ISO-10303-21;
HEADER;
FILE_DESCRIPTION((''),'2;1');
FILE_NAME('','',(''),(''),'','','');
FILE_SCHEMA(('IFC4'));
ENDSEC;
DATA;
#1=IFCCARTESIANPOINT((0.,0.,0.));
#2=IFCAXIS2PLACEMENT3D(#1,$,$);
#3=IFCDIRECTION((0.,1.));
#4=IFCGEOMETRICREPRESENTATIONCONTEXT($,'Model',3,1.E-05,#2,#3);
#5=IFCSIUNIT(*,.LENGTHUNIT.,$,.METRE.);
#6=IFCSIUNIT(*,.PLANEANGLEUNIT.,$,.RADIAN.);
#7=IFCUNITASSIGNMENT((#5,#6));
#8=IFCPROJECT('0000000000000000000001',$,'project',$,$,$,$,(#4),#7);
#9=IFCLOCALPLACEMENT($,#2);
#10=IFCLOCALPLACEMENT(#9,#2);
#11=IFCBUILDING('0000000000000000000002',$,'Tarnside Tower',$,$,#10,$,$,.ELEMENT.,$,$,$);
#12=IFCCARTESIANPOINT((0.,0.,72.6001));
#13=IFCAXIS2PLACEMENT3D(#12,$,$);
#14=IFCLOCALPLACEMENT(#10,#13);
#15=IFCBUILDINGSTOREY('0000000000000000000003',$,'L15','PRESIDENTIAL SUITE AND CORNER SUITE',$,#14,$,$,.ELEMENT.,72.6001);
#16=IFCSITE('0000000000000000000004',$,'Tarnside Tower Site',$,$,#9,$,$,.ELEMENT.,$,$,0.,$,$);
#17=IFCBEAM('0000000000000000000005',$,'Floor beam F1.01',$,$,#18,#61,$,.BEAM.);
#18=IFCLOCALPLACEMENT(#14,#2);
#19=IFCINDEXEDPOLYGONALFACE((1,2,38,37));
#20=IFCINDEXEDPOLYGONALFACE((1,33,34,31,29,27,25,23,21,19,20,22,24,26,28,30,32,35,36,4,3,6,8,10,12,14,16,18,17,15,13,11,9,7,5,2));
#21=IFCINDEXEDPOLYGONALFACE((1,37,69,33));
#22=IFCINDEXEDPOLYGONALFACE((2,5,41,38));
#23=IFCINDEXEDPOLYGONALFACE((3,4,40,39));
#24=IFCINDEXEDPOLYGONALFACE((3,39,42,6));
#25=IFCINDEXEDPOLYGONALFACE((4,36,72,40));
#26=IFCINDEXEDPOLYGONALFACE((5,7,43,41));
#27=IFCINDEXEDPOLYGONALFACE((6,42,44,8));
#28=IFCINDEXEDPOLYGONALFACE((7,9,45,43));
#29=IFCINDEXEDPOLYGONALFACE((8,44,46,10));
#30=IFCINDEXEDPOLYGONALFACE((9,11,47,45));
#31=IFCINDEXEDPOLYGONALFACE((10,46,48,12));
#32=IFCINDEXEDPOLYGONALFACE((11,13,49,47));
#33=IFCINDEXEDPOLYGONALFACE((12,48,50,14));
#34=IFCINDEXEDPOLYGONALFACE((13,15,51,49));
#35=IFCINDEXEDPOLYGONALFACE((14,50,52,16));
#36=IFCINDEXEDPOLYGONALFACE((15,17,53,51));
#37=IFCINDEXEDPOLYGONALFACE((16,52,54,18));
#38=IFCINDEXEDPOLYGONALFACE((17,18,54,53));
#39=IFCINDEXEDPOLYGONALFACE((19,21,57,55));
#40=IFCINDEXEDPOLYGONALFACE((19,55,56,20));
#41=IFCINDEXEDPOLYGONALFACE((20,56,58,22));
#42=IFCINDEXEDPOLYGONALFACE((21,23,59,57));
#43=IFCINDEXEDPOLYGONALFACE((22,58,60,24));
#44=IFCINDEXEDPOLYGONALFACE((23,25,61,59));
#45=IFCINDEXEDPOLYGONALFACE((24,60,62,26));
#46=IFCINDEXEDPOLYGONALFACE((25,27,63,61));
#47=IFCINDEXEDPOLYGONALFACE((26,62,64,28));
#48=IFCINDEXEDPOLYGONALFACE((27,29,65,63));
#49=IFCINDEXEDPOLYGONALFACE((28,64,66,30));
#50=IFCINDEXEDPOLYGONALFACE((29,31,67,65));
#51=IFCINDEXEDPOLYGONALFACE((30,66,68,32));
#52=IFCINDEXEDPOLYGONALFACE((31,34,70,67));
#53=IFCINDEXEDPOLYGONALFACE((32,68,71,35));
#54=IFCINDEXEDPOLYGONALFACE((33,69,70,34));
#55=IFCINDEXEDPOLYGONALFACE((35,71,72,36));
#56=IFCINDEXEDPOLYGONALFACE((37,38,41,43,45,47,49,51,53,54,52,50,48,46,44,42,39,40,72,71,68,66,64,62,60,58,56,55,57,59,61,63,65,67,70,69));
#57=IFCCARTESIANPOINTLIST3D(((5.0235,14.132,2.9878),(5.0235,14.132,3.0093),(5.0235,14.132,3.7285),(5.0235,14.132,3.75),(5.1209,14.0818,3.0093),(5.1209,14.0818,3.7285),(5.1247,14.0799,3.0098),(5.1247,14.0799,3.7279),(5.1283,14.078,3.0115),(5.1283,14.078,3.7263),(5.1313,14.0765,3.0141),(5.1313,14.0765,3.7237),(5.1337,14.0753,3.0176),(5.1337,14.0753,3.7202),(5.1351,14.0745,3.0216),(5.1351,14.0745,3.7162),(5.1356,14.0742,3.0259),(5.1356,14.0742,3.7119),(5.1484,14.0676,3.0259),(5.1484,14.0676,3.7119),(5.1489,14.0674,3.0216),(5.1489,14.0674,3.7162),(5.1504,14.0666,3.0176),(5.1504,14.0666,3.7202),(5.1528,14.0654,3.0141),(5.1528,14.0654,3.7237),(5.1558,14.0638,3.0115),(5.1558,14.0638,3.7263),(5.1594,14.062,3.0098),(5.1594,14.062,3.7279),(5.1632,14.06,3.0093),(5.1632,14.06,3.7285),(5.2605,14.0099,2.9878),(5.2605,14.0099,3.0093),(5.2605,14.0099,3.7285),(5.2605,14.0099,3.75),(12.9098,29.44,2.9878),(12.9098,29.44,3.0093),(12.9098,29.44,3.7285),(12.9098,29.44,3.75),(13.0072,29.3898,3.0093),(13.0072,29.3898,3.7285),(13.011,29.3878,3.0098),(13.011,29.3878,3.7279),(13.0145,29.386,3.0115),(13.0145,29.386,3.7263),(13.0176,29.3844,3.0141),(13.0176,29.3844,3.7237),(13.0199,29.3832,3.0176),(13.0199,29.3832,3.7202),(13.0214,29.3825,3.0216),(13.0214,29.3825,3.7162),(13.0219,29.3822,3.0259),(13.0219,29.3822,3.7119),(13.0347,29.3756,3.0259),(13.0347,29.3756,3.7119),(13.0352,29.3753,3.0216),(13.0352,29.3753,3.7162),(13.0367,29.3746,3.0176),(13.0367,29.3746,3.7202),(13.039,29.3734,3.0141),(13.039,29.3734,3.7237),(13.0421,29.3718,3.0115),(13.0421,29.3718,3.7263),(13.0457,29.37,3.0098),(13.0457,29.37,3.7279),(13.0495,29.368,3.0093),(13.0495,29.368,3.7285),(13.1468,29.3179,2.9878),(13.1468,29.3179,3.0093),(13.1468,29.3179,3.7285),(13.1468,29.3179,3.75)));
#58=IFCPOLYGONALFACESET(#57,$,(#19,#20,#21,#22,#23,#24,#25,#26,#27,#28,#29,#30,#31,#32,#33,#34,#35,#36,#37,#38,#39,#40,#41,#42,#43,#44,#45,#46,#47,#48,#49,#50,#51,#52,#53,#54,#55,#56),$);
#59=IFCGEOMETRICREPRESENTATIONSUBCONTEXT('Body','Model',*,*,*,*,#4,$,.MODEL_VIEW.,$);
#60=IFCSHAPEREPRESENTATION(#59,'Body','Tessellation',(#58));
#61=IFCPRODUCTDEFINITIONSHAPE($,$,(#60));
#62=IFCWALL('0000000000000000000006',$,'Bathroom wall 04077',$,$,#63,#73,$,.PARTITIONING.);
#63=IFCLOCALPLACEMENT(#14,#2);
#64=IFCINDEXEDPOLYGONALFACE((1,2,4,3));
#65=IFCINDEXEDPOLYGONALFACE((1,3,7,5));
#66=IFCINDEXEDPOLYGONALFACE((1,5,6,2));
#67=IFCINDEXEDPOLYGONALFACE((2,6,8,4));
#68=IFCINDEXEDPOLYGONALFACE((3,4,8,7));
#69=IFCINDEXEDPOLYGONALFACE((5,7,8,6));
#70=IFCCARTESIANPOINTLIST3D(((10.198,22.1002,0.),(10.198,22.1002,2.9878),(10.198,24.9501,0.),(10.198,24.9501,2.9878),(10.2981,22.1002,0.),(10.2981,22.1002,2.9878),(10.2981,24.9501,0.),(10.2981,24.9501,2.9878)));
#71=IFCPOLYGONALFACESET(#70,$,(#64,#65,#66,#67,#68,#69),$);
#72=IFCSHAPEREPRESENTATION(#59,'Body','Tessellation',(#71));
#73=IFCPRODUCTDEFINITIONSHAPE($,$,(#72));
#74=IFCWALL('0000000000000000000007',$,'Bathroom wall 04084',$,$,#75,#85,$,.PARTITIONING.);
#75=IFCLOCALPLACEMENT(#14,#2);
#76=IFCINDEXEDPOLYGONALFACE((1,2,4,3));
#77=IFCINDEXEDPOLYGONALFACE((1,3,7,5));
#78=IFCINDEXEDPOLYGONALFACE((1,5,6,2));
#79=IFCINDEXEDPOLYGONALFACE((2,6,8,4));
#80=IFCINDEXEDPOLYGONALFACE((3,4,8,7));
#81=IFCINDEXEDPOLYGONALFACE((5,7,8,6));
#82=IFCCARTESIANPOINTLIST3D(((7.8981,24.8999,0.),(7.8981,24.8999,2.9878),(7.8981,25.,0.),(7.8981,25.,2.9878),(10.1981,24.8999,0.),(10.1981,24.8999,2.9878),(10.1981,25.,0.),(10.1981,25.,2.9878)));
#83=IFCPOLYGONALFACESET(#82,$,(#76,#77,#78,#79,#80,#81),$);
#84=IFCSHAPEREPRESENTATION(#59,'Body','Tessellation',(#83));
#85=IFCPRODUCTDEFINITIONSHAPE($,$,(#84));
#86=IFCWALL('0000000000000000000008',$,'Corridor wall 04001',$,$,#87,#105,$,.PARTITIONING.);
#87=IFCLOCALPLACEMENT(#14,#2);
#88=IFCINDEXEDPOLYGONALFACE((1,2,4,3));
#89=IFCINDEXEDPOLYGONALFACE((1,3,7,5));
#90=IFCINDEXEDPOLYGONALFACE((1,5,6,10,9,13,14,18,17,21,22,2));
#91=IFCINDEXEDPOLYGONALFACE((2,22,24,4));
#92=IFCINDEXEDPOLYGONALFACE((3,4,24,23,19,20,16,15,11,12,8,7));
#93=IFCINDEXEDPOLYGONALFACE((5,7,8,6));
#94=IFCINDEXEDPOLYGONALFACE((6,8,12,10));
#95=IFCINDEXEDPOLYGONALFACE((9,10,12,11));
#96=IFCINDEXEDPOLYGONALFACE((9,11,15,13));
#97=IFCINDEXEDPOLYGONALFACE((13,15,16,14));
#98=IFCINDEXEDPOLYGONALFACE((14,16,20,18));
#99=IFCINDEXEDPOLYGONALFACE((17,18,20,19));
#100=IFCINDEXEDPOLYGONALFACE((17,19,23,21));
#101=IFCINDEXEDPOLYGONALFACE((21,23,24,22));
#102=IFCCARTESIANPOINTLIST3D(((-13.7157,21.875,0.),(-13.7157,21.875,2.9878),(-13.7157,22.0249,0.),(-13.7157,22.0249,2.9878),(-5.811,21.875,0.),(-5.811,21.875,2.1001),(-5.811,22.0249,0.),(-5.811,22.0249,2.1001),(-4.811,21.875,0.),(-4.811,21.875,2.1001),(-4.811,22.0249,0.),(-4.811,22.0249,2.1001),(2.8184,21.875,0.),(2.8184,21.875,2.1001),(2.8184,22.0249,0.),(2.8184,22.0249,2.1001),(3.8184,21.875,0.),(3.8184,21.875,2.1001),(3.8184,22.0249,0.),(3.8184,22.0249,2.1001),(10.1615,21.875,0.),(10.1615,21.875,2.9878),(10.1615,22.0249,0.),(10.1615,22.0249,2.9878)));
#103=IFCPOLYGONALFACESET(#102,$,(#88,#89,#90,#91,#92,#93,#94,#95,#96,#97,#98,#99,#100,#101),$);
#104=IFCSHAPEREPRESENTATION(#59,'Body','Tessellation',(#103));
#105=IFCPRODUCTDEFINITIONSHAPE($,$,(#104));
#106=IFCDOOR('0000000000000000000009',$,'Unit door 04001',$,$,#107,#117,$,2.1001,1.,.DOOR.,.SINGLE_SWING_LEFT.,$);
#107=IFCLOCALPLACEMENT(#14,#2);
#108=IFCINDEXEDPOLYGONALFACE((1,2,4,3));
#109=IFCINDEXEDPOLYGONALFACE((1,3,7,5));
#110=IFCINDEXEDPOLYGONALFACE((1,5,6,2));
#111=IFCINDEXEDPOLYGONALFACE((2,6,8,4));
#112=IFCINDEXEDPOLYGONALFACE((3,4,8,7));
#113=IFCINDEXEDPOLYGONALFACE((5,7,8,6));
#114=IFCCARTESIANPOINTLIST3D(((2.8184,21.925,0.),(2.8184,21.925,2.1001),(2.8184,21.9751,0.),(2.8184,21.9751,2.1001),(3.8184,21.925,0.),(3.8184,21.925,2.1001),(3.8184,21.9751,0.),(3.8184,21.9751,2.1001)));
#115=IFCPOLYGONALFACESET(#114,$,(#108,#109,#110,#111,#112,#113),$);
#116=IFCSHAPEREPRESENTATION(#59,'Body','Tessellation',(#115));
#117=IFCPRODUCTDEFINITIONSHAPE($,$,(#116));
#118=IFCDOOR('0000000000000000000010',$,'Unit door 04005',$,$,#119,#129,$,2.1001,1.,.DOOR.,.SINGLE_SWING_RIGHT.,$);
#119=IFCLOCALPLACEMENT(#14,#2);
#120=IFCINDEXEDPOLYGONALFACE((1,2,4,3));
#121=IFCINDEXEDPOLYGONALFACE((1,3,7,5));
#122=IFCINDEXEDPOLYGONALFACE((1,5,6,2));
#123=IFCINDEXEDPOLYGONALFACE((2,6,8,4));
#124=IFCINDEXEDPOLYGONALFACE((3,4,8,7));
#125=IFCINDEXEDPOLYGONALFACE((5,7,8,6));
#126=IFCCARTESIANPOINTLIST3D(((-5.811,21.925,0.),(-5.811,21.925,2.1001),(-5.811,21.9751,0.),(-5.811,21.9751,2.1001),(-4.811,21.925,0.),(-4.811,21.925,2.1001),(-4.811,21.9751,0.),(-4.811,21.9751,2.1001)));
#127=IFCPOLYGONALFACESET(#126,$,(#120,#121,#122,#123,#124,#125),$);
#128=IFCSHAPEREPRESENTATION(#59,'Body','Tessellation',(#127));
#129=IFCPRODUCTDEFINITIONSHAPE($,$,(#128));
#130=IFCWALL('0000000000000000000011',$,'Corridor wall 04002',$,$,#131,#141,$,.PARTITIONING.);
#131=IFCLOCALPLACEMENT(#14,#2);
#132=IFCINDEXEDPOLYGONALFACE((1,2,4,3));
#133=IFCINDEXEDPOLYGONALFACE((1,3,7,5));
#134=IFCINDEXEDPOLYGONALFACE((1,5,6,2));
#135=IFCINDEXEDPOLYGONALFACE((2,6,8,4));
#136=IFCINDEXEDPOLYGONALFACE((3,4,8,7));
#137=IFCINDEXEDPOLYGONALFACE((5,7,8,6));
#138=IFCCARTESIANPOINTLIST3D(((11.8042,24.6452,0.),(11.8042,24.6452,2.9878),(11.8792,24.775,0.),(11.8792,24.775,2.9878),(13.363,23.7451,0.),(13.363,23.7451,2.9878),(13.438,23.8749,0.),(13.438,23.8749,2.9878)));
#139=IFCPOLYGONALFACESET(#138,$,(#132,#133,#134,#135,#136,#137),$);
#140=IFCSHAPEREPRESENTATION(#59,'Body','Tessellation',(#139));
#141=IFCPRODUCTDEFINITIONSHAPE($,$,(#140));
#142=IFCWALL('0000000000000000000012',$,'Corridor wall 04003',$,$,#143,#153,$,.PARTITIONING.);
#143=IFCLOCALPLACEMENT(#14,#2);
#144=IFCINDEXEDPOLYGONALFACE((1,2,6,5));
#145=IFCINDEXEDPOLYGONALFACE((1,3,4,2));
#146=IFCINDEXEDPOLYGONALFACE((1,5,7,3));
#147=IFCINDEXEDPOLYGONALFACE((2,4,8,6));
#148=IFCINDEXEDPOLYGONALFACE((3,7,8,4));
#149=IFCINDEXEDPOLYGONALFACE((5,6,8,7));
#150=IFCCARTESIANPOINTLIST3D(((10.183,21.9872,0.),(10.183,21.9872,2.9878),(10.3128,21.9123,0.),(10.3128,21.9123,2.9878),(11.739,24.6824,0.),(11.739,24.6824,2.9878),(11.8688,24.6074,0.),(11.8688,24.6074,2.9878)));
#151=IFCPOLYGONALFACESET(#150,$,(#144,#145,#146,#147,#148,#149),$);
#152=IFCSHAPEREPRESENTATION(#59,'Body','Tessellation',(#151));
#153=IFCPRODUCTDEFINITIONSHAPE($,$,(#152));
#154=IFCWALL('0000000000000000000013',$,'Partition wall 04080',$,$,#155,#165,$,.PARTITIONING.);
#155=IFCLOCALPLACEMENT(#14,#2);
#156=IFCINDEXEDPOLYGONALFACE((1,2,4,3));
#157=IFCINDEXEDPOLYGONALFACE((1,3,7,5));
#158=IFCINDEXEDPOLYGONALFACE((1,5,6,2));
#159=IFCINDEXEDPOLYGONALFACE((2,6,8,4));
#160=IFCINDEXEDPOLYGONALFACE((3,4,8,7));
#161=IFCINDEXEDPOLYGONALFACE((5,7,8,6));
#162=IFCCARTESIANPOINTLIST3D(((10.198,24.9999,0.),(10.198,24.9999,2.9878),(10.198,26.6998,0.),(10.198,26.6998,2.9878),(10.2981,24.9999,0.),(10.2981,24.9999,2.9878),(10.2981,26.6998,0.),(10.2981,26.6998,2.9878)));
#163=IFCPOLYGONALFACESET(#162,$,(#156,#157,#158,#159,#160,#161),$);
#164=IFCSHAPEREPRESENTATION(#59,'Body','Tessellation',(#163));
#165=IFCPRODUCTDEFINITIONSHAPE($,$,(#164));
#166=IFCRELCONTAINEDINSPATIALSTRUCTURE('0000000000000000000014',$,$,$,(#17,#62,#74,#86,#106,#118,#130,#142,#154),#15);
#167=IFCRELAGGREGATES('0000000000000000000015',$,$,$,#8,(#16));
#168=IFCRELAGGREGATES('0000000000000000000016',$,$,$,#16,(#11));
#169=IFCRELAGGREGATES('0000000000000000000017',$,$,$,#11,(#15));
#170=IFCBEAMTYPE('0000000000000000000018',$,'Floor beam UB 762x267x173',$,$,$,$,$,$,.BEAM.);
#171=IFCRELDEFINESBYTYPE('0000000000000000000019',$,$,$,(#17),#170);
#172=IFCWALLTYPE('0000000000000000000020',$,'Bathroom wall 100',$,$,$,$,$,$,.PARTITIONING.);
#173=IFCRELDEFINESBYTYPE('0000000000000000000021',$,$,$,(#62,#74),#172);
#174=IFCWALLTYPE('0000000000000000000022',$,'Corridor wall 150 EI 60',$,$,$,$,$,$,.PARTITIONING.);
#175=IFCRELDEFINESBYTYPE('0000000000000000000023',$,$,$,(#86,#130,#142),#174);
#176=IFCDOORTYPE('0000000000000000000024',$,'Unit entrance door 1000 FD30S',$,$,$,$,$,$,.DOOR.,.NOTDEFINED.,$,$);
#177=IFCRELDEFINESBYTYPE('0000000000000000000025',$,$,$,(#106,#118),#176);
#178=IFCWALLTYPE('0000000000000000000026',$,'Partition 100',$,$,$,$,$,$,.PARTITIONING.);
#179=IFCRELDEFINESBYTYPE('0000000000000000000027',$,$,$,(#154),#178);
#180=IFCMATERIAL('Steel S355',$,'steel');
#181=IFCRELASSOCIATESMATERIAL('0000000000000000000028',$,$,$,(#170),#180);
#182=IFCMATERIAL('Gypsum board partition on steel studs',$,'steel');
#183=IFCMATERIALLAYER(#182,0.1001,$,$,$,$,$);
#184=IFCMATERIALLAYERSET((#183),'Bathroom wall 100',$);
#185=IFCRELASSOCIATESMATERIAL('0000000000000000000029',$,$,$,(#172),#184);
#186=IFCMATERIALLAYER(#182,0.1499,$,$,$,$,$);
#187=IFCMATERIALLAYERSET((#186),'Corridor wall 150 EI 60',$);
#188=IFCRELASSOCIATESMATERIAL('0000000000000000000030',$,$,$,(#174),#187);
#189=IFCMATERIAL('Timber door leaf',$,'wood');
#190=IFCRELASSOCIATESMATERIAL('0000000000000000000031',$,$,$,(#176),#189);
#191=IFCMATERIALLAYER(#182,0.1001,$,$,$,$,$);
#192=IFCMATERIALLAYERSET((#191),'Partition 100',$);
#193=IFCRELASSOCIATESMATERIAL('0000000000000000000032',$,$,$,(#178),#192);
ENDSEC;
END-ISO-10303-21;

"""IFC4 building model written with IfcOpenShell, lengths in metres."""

from ifc_helpers import new_model, si_unit, direction, frame, frame_2d, origin, origin_2d, place, context, subcontext, project, spatial, rectangle, i_section, extrude, material, layer, layer_set, material_profile, profile_set, type_object, element, fill, save


model = new_model("IFC4")

# Units and contexts
model_context = context("Model", 3, precision=1e-05, world=origin(), true_north=direction((0.0, 1.0)))
body_context = subcontext(model_context, "Body", "Model", "MODEL_VIEW")
ifc_project = project(units=[si_unit("LENGTHUNIT", "METRE"), si_unit("PLANEANGLEUNIT", "RADIAN")], contexts=[model_context])

# Site, building, storey
site_placement = place(None, origin())
site = spatial("IfcSite", under=ifc_project, at=site_placement, Name="Tarnside Tower Site", CompositionType="ELEMENT", RefElevation=0.0)
building_placement = place(site_placement, origin())
building = spatial("IfcBuilding", under=site, at=building_placement, Name="Tarnside Tower", CompositionType="ELEMENT")
storey_placement = place(building_placement, frame((0.0, 0.0, 72.6001)))
storey = spatial("IfcBuildingStorey", under=building, at=storey_placement, Name="L15", Description="PRESIDENTIAL SUITE AND CORNER SUITE", CompositionType="ELEMENT", Elevation=72.6001)

# Beam
ifc_material_1 = material(Name="Steel S355", Category="steel")
ifc_material_profile = material_profile(ifc_material_1, i_section(OverallWidth=0.2666, OverallDepth=0.7622, WebThickness=0.0144, FlangeThickness=0.0215, FilletRadius=0.0166, at=origin_2d()), Name="UB 762x267x173")
ifc_profile_set = profile_set([ifc_material_profile], Name="Steel S355")
beam_type = type_object("IfcBeamType", Name="Floor beam UB 762x267x173", PredefinedType="BEAM", material=ifc_profile_set)
beam_placement = place(storey_placement, frame((13.0283, 29.3789, 3.3689), z_axis=(-0.457973, -0.888966, 0.0), x_axis=(0.888966, -0.457973, 0.0)))
element("IfcBeam", 1, at=beam_placement, inside=storey, type_object=beam_type, Name="Floor beam F1.01", PredefinedType="BEAM", context=body_context, shape_type="SweptSolid", body=[
    extrude(i_section(OverallWidth=0.2666, OverallDepth=0.7622, WebThickness=0.0144, FlangeThickness=0.0215, FilletRadius=0.0166, at=origin_2d()), origin(), (0.0, 0.0, 1.0), 17.22),
])

# Walls
ifc_material_2 = material(Name="Gypsum board partition on steel studs", Category="steel")
ifc_layer_1 = layer(ifc_material_2, 0.1001)
ifc_layer_set_1 = layer_set([ifc_layer_1], Name="Bathroom wall 100")
wall_type_1 = type_object("IfcWallType", Name="Bathroom wall 100", PredefinedType="PARTITIONING", material=ifc_layer_set_1)
wall_1_placement = place(storey_placement, frame((10.248, 24.95, 0.0), z_axis=(0.0, 0.0, 1.0), x_axis=(0.0, -1.0, 0.0)))
element("IfcWall", 2, at=wall_1_placement, inside=storey, type_object=wall_type_1, Name="Bathroom wall 04077", PredefinedType="PARTITIONING", context=body_context, shape_type="SweptSolid", body=[
    extrude(rectangle(XDim=2.8499, YDim=0.1001, at=frame_2d((1.4248, 0.0))), origin(), (0.0, 0.0, 1.0), 2.9878),
])
wall_2_placement = place(storey_placement, frame((10.198, 24.95, 0.0), z_axis=(0.0, 0.0, 1.0), x_axis=(-1.0, 0.0, 0.0)))
element("IfcWall", 3, at=wall_2_placement, inside=storey, type_object=wall_type_1, Name="Bathroom wall 04084", PredefinedType="PARTITIONING", context=body_context, shape_type="SweptSolid", body=[
    extrude(rectangle(XDim=2.3, YDim=0.1001, at=frame_2d((1.1499, 0.0))), origin(), (0.0, 0.0, 1.0), 2.9878),
])

# Wall, openings, doors
ifc_layer_2 = layer(ifc_material_2, 0.1499)
ifc_layer_set_2 = layer_set([ifc_layer_2], Name="Corridor wall 150 EI 60")
wall_type_2 = type_object("IfcWallType", Name="Corridor wall 150 EI 60", PredefinedType="PARTITIONING", material=ifc_layer_set_2)
wall_3_placement = place(storey_placement, frame((10.1614, 21.95, 0.0), z_axis=(0.0, 0.0, 1.0), x_axis=(-1.0, 0.0, 0.0)))
wall_3 = element("IfcWall", 4, at=wall_3_placement, inside=storey, type_object=wall_type_2, Name="Corridor wall 04001", PredefinedType="PARTITIONING", context=body_context, shape_type="SweptSolid", body=[
    extrude(rectangle(XDim=23.8772, YDim=0.1499, at=frame_2d((11.9385, 0.0))), origin(), (0.0, 0.0, 1.0), 2.9878),
])
opening_1_placement = place(wall_3_placement, frame((6.343, 0.0, 0.0)))
opening_1 = element("IfcOpeningElement", 5, at=opening_1_placement, cuts=wall_3, PredefinedType="OPENING", context=body_context, shape_type="SweptSolid", body=[
    extrude(rectangle(XDim=1.0, YDim=2.1001, at=frame_2d((0.5, 1.05))), frame((0.0, 0.085, 0.0), z_axis=(0.0, -1.0, 0.0), x_axis=(1.0, 0.0, 0.0)), (0.0, 0.0, 1.0), 0.1699),
])
opening_2_placement = place(wall_3_placement, frame((14.9724, 0.0, 0.0)))
opening_2 = element("IfcOpeningElement", 6, at=opening_2_placement, cuts=wall_3, PredefinedType="OPENING", context=body_context, shape_type="SweptSolid", body=[
    extrude(rectangle(XDim=1.0, YDim=2.1001, at=frame_2d((0.5, 1.05))), frame((0.0, 0.085, 0.0), z_axis=(0.0, -1.0, 0.0), x_axis=(1.0, 0.0, 0.0)), (0.0, 0.0, 1.0), 0.1699),
])
ifc_material_3 = material(Name="Timber door leaf", Category="wood")
door_type = type_object("IfcDoorType", Name="Unit entrance door 1000 FD30S", OperationType="NOTDEFINED", PredefinedType="DOOR", material=ifc_material_3)
door_1_placement = place(opening_1_placement, origin())
door_1 = element("IfcDoor", 7, at=door_1_placement, inside=storey, type_object=door_type, Name="Unit door 04001", OperationType="SINGLE_SWING_LEFT", OverallHeight=2.1001, OverallWidth=1.0, PredefinedType="DOOR", context=body_context, shape_type="SweptSolid", body=[
    extrude(rectangle(XDim=1.0, YDim=2.1001, at=frame_2d((0.5, 1.05))), frame((0.0, 0.0249, 0.0), z_axis=(0.0, -1.0, 0.0), x_axis=(1.0, 0.0, 0.0)), (0.0, 0.0, 1.0), 0.05),
])
fill(opening_1, door_1)
door_2_placement = place(opening_2_placement, origin())
door_2 = element("IfcDoor", 8, at=door_2_placement, inside=storey, type_object=door_type, Name="Unit door 04005", OperationType="SINGLE_SWING_RIGHT", OverallHeight=2.1001, OverallWidth=1.0, PredefinedType="DOOR", context=body_context, shape_type="SweptSolid", body=[
    extrude(rectangle(XDim=1.0, YDim=2.1001, at=frame_2d((0.5, 1.05))), frame((0.0, 0.0249, 0.0), z_axis=(0.0, -1.0, 0.0), x_axis=(1.0, 0.0, 0.0)), (0.0, 0.0, 1.0), 0.05),
])
fill(opening_2, door_2)

# Walls
wall_4_placement = place(storey_placement, frame((13.4004, 23.8101, 0.0), z_axis=(0.0, 0.0, 1.0), x_axis=(-0.865989, 0.500063, 0.0)))
element("IfcWall", 9, at=wall_4_placement, inside=storey, type_object=wall_type_2, Name="Corridor wall 04002", PredefinedType="PARTITIONING", context=body_context, shape_type="SweptSolid", body=[
    extrude(rectangle(XDim=1.8, YDim=0.1499, at=frame_2d((0.8999, 0.0))), origin(), (0.0, 0.0, 1.0), 2.9878),
])
wall_5_placement = place(storey_placement, frame((11.804, 24.645, 0.0), z_axis=(0.0, 0.0, 1.0), x_axis=(-0.499978, -0.866038, 0.0)))
element("IfcWall", 10, at=wall_5_placement, inside=storey, type_object=wall_type_2, Name="Corridor wall 04003", PredefinedType="PARTITIONING", context=body_context, shape_type="SweptSolid", body=[
    extrude(rectangle(XDim=3.1121, YDim=0.1499, at=frame_2d((1.5562, 0.0))), origin(), (0.0, 0.0, 1.0), 2.9878),
])
ifc_layer_3 = layer(ifc_material_2, 0.1001)
ifc_layer_set_3 = layer_set([ifc_layer_3], Name="Partition 100")
wall_type_3 = type_object("IfcWallType", Name="Partition 100", PredefinedType="PARTITIONING", material=ifc_layer_set_3)
wall_6_placement = place(storey_placement, frame((10.248, 26.7, 0.0), z_axis=(0.0, 0.0, 1.0), x_axis=(0.0, -1.0, 0.0)))
element("IfcWall", 11, at=wall_6_placement, inside=storey, type_object=wall_type_3, Name="Partition wall 04080", PredefinedType="PARTITIONING", context=body_context, shape_type="SweptSolid", body=[
    extrude(rectangle(XDim=1.7, YDim=0.1001, at=frame_2d((0.8501, 0.0))), origin(), (0.0, 0.0, 1.0), 2.9878),
])

save(model, "model.ifc")
